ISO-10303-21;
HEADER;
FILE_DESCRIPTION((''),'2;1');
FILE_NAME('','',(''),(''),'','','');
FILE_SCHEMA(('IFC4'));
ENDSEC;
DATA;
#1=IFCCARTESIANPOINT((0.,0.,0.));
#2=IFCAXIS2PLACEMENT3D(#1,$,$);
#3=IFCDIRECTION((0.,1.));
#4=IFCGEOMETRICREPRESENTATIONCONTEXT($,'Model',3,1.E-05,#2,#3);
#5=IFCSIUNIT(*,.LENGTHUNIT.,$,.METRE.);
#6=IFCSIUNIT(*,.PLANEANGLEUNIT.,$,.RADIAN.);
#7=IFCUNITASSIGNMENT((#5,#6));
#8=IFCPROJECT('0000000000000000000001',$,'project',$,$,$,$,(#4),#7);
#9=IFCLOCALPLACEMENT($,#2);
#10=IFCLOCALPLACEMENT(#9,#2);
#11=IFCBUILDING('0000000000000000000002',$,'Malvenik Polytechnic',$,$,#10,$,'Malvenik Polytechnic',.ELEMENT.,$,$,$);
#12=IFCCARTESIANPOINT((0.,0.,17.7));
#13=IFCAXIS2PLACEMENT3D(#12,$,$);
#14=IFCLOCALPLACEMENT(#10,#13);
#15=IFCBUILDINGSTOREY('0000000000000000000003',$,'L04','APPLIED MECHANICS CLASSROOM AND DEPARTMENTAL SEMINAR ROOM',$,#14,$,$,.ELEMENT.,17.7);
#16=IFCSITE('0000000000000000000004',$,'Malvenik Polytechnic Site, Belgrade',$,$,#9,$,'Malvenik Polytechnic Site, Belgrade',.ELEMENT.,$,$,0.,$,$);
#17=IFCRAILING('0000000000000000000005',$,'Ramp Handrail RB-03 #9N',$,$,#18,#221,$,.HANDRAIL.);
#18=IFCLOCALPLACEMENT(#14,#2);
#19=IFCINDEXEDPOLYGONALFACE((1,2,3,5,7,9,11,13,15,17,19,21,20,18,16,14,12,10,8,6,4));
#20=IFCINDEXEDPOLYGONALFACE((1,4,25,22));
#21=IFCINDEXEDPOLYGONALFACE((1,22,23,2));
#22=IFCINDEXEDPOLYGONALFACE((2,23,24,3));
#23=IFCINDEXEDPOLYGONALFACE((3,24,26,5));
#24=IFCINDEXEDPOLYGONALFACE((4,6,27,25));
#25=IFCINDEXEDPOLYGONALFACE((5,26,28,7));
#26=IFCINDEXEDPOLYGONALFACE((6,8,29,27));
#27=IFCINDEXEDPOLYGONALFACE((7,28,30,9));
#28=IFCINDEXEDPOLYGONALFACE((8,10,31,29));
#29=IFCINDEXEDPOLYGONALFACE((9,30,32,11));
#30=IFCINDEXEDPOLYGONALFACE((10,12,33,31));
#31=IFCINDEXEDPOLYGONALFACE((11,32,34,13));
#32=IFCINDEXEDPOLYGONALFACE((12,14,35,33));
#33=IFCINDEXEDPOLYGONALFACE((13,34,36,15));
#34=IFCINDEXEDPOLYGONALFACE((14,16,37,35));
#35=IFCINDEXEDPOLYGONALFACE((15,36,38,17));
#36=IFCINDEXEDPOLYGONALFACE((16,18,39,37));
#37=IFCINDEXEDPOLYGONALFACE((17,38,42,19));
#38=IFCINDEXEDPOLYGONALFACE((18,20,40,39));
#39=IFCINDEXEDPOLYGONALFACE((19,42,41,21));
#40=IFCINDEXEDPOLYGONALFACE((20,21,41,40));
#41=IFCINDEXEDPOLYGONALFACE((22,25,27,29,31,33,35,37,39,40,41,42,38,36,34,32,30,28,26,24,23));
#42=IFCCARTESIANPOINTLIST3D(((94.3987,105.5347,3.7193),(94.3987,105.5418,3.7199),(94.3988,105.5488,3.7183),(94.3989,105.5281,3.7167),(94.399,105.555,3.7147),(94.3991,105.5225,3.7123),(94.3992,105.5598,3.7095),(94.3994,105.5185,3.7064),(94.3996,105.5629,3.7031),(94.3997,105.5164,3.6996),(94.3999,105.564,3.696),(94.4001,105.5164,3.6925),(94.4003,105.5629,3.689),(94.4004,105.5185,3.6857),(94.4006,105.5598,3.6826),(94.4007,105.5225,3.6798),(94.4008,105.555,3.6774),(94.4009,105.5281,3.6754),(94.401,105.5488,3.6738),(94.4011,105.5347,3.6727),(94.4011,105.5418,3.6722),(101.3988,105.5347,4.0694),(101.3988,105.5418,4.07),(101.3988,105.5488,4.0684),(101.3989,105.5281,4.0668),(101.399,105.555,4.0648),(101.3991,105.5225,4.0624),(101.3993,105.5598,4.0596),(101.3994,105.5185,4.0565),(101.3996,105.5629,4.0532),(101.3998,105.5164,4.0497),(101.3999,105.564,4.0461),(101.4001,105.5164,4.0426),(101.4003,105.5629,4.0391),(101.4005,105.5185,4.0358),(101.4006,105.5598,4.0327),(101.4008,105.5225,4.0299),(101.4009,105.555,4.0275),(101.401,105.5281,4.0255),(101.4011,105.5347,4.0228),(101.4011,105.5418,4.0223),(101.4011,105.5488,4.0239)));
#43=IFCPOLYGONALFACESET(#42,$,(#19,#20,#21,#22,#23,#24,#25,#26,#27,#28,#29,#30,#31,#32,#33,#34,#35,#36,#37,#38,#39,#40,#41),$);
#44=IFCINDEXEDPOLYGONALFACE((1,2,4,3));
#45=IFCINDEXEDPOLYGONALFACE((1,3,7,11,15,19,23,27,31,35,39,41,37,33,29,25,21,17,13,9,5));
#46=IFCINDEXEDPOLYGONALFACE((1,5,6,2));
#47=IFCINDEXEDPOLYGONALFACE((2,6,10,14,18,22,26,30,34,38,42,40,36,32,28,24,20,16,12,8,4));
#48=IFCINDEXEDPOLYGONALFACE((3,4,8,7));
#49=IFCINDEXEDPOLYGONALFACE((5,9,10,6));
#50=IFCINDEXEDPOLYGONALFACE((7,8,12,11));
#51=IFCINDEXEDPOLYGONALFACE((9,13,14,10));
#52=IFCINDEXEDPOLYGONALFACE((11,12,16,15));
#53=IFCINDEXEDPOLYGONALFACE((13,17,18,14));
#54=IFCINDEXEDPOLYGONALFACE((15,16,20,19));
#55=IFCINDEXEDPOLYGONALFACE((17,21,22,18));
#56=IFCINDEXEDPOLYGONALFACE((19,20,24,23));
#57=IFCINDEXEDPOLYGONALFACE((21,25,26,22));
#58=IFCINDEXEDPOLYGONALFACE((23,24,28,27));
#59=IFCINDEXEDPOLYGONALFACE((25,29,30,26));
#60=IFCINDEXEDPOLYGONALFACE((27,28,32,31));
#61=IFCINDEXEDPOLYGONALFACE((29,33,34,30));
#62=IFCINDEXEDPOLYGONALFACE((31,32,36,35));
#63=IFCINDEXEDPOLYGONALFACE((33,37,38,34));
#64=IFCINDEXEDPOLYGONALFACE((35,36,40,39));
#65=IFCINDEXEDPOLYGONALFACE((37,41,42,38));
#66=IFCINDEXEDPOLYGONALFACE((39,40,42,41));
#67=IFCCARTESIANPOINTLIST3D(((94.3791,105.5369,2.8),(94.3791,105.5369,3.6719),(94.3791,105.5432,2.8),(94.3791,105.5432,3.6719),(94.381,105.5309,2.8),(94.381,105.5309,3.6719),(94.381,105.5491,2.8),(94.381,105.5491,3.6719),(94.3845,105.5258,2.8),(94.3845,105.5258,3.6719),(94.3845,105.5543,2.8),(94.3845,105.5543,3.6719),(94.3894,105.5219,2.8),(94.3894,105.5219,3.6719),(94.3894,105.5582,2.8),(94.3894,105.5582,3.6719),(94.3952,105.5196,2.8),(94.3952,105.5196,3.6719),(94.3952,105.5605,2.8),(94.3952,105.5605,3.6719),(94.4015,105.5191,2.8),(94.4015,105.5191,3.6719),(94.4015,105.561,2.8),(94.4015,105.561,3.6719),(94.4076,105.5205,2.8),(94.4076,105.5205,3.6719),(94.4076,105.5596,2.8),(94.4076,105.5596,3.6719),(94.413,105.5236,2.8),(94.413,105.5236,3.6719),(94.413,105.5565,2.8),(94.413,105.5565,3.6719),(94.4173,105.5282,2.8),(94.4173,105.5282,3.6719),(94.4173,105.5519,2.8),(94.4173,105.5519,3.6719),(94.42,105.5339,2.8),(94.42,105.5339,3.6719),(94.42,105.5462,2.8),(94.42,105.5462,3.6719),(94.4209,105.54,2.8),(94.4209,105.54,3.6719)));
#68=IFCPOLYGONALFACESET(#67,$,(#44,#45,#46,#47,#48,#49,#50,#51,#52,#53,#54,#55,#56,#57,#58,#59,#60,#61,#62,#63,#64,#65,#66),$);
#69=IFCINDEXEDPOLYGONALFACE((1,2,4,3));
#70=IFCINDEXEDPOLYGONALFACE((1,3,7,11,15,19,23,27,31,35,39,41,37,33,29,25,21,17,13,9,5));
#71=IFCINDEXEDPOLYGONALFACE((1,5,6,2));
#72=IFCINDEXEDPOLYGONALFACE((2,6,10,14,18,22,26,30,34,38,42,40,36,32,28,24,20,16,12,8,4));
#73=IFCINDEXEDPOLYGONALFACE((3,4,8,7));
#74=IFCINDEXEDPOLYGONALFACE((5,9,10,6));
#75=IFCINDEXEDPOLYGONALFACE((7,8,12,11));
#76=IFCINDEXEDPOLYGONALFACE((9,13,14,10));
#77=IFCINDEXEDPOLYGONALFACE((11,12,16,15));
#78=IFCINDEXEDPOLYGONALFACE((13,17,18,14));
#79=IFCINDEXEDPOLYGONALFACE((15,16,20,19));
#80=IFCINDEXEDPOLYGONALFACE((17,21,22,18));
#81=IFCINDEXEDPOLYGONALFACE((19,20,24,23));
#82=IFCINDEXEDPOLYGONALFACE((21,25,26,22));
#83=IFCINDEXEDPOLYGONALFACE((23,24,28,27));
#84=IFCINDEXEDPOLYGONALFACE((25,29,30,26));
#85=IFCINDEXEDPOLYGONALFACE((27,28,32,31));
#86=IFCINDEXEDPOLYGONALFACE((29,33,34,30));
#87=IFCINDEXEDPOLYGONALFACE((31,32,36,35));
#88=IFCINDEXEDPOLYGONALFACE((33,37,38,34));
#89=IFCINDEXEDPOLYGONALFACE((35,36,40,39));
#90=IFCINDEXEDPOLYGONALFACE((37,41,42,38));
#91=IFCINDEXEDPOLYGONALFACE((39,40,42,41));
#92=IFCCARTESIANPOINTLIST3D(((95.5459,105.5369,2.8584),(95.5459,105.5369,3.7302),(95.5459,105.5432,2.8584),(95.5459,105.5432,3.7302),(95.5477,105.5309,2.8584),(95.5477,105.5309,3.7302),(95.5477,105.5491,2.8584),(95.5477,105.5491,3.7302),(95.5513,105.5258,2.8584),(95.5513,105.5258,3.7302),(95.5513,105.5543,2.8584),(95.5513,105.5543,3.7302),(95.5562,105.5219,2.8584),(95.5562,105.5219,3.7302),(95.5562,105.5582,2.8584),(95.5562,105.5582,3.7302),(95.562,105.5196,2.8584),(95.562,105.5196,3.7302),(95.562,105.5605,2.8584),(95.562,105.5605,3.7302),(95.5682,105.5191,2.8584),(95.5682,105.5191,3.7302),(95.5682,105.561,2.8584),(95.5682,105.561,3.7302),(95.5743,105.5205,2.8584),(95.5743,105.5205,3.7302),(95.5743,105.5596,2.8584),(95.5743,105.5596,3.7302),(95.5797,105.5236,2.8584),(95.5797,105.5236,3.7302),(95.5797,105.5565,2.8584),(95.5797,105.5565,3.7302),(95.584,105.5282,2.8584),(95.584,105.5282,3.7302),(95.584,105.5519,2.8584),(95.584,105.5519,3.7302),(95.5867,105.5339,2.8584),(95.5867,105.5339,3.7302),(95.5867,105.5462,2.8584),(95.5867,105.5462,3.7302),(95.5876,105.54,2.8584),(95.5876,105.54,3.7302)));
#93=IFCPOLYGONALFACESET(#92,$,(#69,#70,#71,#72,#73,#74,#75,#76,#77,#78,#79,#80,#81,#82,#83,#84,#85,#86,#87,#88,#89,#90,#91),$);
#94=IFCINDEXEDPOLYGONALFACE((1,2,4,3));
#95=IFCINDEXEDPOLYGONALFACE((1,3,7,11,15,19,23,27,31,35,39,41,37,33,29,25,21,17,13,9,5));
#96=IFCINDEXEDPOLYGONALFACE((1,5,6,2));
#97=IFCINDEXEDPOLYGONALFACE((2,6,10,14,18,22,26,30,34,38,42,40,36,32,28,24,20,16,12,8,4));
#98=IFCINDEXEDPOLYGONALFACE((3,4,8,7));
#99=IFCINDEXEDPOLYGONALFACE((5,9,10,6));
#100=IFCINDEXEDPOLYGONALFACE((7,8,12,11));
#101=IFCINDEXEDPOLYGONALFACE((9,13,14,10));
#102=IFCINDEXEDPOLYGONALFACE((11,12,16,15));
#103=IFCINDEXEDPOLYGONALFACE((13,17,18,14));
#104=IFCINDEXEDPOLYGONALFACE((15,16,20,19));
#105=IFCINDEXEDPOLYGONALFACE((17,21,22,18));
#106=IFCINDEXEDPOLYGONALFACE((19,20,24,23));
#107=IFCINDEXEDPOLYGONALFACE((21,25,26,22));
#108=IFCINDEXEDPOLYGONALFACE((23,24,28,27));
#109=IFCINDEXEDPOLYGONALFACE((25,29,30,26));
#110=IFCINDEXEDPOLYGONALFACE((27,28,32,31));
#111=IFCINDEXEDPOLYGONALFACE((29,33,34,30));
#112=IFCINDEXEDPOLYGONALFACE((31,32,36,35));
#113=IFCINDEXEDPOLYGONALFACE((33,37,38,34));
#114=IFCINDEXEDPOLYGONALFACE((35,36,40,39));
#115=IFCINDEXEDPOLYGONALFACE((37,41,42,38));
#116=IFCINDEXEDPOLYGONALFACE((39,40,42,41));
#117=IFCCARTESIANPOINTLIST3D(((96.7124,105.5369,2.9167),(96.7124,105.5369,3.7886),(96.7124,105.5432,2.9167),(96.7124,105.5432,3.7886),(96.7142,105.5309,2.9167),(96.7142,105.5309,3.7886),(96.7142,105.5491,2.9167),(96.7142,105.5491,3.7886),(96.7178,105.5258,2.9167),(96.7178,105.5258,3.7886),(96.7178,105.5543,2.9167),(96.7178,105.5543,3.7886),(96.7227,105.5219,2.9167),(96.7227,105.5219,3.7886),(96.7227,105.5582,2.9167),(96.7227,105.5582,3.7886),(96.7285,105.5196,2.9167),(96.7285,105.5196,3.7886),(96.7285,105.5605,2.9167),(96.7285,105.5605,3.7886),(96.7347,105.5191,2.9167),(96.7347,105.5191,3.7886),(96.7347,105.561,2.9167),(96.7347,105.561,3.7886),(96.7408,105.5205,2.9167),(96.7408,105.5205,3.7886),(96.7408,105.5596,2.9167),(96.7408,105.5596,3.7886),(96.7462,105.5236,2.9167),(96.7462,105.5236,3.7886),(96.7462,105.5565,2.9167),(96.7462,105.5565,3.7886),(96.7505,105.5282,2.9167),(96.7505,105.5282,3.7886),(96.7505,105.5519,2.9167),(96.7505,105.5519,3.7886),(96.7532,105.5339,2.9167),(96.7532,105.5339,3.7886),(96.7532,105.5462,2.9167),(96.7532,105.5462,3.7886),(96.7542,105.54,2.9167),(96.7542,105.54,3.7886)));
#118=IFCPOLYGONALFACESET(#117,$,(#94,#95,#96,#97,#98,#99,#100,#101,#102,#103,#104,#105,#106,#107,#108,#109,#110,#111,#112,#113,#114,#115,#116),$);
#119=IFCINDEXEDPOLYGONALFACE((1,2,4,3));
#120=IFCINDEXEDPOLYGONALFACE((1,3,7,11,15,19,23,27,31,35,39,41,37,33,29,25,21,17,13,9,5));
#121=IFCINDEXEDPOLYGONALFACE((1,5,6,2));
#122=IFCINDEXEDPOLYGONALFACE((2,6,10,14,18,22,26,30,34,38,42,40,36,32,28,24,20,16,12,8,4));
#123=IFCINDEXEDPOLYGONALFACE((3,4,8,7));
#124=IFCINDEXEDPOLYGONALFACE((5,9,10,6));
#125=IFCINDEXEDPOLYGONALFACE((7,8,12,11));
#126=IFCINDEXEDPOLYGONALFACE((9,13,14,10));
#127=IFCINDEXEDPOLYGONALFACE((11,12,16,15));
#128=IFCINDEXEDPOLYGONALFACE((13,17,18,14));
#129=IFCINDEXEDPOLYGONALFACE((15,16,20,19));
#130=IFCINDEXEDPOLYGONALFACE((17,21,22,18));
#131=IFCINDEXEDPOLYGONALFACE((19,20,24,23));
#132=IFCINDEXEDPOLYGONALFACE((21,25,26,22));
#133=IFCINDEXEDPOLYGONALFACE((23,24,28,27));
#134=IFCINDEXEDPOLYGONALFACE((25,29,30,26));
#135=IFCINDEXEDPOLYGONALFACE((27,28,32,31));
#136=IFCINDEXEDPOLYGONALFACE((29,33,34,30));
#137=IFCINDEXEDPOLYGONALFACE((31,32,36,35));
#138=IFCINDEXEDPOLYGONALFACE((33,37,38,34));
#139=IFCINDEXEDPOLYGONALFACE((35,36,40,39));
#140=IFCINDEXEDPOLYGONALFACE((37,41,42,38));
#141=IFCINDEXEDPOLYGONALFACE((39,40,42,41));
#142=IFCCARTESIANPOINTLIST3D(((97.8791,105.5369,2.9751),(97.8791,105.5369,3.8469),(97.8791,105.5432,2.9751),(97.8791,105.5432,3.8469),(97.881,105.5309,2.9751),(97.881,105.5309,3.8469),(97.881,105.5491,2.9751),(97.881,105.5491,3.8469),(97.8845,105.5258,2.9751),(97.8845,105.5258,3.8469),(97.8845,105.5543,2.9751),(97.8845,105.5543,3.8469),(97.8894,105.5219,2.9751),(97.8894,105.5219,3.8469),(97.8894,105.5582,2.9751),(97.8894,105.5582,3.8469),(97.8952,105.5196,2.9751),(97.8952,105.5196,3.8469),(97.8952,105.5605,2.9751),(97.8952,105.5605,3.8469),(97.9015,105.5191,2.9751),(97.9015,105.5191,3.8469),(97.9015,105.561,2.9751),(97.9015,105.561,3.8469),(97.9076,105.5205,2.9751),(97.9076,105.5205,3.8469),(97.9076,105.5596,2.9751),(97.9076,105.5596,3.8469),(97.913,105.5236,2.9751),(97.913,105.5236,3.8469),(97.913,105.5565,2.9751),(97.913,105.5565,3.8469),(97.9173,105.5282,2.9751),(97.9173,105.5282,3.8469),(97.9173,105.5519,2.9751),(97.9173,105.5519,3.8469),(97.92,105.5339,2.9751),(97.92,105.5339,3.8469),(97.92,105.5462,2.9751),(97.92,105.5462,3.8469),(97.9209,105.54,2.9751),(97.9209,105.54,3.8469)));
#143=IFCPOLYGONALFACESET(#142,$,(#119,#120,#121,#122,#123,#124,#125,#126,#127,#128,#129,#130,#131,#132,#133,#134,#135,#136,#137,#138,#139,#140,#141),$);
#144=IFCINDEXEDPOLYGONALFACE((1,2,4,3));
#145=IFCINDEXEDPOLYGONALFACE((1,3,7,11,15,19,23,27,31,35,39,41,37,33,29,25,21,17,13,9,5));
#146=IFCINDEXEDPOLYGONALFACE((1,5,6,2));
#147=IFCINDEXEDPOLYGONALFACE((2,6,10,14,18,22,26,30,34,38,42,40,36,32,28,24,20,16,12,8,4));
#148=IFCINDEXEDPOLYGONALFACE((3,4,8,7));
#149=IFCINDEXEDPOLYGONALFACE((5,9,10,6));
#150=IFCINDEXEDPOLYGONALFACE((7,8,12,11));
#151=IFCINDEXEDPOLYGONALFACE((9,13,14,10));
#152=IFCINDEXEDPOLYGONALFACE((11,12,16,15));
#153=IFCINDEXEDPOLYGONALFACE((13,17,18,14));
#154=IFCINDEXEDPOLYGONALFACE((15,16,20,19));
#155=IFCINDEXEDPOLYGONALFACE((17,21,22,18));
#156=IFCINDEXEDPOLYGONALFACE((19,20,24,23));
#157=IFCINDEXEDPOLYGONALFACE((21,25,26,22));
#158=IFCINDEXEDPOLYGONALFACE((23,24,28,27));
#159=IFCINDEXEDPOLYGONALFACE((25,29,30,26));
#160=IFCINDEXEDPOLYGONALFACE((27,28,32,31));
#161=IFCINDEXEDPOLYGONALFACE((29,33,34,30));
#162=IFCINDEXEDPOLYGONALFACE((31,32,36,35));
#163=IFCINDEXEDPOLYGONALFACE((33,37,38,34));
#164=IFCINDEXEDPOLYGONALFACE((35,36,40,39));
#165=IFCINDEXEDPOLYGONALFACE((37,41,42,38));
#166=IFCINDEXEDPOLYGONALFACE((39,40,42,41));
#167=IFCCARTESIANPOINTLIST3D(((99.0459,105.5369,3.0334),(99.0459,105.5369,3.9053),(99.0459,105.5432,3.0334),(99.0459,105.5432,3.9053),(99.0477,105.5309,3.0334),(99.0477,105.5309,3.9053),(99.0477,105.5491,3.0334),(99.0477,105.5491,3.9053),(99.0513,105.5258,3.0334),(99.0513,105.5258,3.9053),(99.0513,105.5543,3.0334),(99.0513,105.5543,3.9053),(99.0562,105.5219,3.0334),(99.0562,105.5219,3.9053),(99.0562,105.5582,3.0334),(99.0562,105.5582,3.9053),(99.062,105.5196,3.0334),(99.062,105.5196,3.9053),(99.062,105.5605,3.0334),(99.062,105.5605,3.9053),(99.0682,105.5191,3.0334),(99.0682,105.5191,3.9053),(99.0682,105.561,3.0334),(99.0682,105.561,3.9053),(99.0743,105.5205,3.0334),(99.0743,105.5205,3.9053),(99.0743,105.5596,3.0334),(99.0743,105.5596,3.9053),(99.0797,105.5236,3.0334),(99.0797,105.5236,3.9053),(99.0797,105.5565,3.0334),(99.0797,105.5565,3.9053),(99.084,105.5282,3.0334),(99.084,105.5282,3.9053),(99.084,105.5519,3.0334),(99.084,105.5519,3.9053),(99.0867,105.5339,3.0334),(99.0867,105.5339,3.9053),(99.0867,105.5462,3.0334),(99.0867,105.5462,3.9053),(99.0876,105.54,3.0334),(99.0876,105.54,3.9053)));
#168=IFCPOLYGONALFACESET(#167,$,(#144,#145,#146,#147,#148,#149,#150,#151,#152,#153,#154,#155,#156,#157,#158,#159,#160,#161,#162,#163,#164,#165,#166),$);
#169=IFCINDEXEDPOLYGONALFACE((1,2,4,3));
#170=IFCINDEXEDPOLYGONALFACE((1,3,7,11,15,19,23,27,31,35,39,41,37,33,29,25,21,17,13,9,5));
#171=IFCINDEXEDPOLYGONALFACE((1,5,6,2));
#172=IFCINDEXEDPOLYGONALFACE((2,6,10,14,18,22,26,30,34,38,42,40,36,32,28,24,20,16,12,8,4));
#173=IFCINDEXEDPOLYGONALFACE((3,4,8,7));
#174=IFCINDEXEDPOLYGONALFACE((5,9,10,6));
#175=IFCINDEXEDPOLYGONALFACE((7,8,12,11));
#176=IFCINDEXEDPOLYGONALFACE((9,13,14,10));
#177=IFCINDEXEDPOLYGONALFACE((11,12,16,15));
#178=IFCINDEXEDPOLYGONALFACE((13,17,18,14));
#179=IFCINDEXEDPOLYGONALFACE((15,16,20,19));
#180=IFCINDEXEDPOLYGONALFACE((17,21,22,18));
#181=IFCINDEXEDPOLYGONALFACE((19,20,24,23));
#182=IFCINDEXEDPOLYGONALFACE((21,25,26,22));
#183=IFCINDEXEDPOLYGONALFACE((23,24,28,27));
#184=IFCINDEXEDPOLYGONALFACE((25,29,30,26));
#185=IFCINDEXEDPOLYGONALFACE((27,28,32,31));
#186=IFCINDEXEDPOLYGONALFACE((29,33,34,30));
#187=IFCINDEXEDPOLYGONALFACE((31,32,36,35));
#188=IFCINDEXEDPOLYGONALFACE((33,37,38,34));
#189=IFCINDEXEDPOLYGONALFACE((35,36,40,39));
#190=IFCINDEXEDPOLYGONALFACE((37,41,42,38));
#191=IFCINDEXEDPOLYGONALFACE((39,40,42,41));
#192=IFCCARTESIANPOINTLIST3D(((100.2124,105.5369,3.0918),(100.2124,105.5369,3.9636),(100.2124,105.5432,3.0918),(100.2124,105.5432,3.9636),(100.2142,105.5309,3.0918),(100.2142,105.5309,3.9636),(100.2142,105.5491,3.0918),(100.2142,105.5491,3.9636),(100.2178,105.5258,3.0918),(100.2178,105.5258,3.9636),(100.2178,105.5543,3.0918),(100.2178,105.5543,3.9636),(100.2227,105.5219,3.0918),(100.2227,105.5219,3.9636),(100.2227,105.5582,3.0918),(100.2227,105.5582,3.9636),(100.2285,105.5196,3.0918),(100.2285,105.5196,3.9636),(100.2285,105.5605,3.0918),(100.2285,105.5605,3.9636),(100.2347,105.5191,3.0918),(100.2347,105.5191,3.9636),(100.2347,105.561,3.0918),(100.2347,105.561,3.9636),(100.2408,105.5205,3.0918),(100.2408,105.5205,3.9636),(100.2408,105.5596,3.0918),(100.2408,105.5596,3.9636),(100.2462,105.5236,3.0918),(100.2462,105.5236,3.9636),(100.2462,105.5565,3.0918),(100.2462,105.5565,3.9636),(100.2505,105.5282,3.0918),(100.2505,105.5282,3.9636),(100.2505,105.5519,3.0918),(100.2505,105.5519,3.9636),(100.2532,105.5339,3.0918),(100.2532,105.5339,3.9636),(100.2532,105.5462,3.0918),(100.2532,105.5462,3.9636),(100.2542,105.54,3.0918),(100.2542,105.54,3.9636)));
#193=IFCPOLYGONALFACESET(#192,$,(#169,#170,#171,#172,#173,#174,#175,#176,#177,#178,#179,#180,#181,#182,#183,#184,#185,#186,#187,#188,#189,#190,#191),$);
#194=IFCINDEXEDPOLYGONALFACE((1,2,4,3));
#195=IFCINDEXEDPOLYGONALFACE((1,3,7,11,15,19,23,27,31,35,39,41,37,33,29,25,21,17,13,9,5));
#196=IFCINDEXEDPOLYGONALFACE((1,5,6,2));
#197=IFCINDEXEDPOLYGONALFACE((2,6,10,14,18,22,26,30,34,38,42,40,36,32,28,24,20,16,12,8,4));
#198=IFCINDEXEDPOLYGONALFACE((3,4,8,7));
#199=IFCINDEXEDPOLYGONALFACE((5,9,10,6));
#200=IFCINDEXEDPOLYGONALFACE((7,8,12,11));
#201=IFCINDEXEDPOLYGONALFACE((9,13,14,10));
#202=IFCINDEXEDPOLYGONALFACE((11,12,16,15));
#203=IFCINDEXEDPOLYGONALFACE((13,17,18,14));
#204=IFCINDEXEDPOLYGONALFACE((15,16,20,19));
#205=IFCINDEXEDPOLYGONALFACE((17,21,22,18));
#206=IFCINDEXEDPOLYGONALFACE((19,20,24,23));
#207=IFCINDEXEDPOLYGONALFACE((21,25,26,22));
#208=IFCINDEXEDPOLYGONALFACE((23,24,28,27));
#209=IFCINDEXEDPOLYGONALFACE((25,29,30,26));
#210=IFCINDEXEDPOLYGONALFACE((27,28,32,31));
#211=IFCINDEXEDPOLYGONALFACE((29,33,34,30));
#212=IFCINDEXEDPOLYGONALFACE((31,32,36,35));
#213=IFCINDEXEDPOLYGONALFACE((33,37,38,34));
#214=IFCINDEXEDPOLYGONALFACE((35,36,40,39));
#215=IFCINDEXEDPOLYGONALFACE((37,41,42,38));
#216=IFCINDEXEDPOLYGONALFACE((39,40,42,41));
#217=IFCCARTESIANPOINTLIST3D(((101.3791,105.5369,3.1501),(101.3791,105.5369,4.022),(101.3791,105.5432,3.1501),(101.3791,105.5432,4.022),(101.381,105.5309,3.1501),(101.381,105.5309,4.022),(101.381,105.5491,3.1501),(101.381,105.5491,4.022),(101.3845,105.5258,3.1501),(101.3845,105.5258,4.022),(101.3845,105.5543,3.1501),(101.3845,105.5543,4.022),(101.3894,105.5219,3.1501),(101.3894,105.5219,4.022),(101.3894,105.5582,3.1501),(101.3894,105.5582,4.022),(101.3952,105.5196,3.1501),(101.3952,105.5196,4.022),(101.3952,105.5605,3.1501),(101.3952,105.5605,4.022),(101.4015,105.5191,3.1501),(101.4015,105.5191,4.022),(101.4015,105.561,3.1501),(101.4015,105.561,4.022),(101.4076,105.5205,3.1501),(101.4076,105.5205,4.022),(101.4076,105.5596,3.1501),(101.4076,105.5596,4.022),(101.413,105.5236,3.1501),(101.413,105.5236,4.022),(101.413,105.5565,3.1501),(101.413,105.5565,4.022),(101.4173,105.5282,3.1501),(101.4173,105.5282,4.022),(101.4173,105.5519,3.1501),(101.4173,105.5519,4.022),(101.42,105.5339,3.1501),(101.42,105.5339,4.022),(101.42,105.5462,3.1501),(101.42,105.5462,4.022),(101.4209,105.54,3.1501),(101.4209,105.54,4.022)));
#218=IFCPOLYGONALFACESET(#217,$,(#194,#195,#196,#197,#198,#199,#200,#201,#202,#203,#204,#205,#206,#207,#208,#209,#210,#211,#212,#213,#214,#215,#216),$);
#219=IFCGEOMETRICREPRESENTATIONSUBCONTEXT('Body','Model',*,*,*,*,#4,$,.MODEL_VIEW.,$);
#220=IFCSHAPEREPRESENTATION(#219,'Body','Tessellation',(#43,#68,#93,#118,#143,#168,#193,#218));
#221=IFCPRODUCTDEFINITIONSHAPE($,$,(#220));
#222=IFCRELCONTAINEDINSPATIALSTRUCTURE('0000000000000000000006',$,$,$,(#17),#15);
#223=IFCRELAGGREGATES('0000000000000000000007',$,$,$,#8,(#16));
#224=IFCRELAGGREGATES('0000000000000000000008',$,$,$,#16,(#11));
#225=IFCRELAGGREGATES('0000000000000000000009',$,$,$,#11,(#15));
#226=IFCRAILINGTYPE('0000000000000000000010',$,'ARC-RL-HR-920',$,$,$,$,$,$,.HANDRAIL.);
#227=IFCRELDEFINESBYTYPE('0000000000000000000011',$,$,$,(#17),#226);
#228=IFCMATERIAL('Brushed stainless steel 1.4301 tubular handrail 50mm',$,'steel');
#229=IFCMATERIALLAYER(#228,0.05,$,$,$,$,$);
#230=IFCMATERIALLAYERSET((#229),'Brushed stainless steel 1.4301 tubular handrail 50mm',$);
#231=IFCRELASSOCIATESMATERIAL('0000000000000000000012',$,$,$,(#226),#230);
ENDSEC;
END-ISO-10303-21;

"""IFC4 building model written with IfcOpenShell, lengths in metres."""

from ifc_helpers import new_model, si_unit, direction, frame, origin, origin_2d, place, context, subcontext, project, spatial, circle, extrude, material, layer, layer_set, type_object, element, save


model = new_model("IFC4")

# Units and contexts
model_context = context("Model", 3, precision=1e-05, world=origin(), true_north=direction((0.0, 1.0)))
body_context = subcontext(model_context, "Body", "Model", "MODEL_VIEW")
ifc_project = project(units=[si_unit("LENGTHUNIT", "METRE"), si_unit("PLANEANGLEUNIT", "RADIAN")], contexts=[model_context])

# Site, building, storey
site_placement = place(None, origin())
site = spatial("IfcSite", under=ifc_project, at=site_placement, Name="Malvenik Polytechnic Site, Belgrade", LongName="Malvenik Polytechnic Site, Belgrade", CompositionType="ELEMENT", RefElevation=0.0)
building_placement = place(site_placement, origin())
building = spatial("IfcBuilding", under=site, at=building_placement, Name="Malvenik Polytechnic", LongName="Malvenik Polytechnic", CompositionType="ELEMENT")
storey_placement = place(building_placement, frame((0.0, 0.0, 17.7)))
storey = spatial("IfcBuildingStorey", under=building, at=storey_placement, Name="L04", Description="APPLIED MECHANICS CLASSROOM AND DEPARTMENTAL SEMINAR ROOM", CompositionType="ELEMENT", Elevation=17.7)

# Railing
ifc_material_1 = material(Name="Brushed stainless steel 1.4301 tubular handrail 50mm", Category="steel")
ifc_layer_1 = layer(ifc_material_1, 0.05)
ifc_layer_set_1 = layer_set([ifc_layer_1], Name="Brushed stainless steel 1.4301 tubular handrail 50mm")
railing_type_1 = type_object("IfcRailingType", Name="ARC-RL-HR-920", PredefinedType="HANDRAIL", material=ifc_layer_set_1)
railing_1_placement = place(storey_placement, frame((94.3999, 105.54, 2.8)))
element("IfcRailing", 1, at=railing_1_placement, inside=storey, type_object=railing_type_1, Name="Ramp Handrail RB-03 #9N", PredefinedType="HANDRAIL", context=body_context, shape_type="SweptSolid", body=[
    extrude(circle(Radius=0.0239, at=origin_2d()), frame((0.0, 0.0, 0.896), z_axis=(0.998752, 0.0, 0.049952), x_axis=(0.0, 1.0, 0.0)), (0.0, 0.0, 1.0), 7.0088),
    extrude(circle(Radius=0.021, at=origin_2d()), origin(), (0.0, 0.0, 1.0), 0.8718),
    extrude(circle(Radius=0.021, at=origin_2d()), frame((1.1667, 0.0, 0.0583)), (0.0, 0.0, 1.0), 0.8718),
    extrude(circle(Radius=0.021, at=origin_2d()), frame((2.3333, 0.0, 0.1167)), (0.0, 0.0, 1.0), 0.8718),
    extrude(circle(Radius=0.021, at=origin_2d()), frame((3.5, 0.0, 0.175)), (0.0, 0.0, 1.0), 0.8718),
    extrude(circle(Radius=0.021, at=origin_2d()), frame((4.6667, 0.0, 0.2334)), (0.0, 0.0, 1.0), 0.8718),
    extrude(circle(Radius=0.021, at=origin_2d()), frame((5.8333, 0.0, 0.2917)), (0.0, 0.0, 1.0), 0.8718),
    extrude(circle(Radius=0.021, at=origin_2d()), frame((7.0, 0.0, 0.3501)), (0.0, 0.0, 1.0), 0.8718),
])

save(model, "model.ifc")
